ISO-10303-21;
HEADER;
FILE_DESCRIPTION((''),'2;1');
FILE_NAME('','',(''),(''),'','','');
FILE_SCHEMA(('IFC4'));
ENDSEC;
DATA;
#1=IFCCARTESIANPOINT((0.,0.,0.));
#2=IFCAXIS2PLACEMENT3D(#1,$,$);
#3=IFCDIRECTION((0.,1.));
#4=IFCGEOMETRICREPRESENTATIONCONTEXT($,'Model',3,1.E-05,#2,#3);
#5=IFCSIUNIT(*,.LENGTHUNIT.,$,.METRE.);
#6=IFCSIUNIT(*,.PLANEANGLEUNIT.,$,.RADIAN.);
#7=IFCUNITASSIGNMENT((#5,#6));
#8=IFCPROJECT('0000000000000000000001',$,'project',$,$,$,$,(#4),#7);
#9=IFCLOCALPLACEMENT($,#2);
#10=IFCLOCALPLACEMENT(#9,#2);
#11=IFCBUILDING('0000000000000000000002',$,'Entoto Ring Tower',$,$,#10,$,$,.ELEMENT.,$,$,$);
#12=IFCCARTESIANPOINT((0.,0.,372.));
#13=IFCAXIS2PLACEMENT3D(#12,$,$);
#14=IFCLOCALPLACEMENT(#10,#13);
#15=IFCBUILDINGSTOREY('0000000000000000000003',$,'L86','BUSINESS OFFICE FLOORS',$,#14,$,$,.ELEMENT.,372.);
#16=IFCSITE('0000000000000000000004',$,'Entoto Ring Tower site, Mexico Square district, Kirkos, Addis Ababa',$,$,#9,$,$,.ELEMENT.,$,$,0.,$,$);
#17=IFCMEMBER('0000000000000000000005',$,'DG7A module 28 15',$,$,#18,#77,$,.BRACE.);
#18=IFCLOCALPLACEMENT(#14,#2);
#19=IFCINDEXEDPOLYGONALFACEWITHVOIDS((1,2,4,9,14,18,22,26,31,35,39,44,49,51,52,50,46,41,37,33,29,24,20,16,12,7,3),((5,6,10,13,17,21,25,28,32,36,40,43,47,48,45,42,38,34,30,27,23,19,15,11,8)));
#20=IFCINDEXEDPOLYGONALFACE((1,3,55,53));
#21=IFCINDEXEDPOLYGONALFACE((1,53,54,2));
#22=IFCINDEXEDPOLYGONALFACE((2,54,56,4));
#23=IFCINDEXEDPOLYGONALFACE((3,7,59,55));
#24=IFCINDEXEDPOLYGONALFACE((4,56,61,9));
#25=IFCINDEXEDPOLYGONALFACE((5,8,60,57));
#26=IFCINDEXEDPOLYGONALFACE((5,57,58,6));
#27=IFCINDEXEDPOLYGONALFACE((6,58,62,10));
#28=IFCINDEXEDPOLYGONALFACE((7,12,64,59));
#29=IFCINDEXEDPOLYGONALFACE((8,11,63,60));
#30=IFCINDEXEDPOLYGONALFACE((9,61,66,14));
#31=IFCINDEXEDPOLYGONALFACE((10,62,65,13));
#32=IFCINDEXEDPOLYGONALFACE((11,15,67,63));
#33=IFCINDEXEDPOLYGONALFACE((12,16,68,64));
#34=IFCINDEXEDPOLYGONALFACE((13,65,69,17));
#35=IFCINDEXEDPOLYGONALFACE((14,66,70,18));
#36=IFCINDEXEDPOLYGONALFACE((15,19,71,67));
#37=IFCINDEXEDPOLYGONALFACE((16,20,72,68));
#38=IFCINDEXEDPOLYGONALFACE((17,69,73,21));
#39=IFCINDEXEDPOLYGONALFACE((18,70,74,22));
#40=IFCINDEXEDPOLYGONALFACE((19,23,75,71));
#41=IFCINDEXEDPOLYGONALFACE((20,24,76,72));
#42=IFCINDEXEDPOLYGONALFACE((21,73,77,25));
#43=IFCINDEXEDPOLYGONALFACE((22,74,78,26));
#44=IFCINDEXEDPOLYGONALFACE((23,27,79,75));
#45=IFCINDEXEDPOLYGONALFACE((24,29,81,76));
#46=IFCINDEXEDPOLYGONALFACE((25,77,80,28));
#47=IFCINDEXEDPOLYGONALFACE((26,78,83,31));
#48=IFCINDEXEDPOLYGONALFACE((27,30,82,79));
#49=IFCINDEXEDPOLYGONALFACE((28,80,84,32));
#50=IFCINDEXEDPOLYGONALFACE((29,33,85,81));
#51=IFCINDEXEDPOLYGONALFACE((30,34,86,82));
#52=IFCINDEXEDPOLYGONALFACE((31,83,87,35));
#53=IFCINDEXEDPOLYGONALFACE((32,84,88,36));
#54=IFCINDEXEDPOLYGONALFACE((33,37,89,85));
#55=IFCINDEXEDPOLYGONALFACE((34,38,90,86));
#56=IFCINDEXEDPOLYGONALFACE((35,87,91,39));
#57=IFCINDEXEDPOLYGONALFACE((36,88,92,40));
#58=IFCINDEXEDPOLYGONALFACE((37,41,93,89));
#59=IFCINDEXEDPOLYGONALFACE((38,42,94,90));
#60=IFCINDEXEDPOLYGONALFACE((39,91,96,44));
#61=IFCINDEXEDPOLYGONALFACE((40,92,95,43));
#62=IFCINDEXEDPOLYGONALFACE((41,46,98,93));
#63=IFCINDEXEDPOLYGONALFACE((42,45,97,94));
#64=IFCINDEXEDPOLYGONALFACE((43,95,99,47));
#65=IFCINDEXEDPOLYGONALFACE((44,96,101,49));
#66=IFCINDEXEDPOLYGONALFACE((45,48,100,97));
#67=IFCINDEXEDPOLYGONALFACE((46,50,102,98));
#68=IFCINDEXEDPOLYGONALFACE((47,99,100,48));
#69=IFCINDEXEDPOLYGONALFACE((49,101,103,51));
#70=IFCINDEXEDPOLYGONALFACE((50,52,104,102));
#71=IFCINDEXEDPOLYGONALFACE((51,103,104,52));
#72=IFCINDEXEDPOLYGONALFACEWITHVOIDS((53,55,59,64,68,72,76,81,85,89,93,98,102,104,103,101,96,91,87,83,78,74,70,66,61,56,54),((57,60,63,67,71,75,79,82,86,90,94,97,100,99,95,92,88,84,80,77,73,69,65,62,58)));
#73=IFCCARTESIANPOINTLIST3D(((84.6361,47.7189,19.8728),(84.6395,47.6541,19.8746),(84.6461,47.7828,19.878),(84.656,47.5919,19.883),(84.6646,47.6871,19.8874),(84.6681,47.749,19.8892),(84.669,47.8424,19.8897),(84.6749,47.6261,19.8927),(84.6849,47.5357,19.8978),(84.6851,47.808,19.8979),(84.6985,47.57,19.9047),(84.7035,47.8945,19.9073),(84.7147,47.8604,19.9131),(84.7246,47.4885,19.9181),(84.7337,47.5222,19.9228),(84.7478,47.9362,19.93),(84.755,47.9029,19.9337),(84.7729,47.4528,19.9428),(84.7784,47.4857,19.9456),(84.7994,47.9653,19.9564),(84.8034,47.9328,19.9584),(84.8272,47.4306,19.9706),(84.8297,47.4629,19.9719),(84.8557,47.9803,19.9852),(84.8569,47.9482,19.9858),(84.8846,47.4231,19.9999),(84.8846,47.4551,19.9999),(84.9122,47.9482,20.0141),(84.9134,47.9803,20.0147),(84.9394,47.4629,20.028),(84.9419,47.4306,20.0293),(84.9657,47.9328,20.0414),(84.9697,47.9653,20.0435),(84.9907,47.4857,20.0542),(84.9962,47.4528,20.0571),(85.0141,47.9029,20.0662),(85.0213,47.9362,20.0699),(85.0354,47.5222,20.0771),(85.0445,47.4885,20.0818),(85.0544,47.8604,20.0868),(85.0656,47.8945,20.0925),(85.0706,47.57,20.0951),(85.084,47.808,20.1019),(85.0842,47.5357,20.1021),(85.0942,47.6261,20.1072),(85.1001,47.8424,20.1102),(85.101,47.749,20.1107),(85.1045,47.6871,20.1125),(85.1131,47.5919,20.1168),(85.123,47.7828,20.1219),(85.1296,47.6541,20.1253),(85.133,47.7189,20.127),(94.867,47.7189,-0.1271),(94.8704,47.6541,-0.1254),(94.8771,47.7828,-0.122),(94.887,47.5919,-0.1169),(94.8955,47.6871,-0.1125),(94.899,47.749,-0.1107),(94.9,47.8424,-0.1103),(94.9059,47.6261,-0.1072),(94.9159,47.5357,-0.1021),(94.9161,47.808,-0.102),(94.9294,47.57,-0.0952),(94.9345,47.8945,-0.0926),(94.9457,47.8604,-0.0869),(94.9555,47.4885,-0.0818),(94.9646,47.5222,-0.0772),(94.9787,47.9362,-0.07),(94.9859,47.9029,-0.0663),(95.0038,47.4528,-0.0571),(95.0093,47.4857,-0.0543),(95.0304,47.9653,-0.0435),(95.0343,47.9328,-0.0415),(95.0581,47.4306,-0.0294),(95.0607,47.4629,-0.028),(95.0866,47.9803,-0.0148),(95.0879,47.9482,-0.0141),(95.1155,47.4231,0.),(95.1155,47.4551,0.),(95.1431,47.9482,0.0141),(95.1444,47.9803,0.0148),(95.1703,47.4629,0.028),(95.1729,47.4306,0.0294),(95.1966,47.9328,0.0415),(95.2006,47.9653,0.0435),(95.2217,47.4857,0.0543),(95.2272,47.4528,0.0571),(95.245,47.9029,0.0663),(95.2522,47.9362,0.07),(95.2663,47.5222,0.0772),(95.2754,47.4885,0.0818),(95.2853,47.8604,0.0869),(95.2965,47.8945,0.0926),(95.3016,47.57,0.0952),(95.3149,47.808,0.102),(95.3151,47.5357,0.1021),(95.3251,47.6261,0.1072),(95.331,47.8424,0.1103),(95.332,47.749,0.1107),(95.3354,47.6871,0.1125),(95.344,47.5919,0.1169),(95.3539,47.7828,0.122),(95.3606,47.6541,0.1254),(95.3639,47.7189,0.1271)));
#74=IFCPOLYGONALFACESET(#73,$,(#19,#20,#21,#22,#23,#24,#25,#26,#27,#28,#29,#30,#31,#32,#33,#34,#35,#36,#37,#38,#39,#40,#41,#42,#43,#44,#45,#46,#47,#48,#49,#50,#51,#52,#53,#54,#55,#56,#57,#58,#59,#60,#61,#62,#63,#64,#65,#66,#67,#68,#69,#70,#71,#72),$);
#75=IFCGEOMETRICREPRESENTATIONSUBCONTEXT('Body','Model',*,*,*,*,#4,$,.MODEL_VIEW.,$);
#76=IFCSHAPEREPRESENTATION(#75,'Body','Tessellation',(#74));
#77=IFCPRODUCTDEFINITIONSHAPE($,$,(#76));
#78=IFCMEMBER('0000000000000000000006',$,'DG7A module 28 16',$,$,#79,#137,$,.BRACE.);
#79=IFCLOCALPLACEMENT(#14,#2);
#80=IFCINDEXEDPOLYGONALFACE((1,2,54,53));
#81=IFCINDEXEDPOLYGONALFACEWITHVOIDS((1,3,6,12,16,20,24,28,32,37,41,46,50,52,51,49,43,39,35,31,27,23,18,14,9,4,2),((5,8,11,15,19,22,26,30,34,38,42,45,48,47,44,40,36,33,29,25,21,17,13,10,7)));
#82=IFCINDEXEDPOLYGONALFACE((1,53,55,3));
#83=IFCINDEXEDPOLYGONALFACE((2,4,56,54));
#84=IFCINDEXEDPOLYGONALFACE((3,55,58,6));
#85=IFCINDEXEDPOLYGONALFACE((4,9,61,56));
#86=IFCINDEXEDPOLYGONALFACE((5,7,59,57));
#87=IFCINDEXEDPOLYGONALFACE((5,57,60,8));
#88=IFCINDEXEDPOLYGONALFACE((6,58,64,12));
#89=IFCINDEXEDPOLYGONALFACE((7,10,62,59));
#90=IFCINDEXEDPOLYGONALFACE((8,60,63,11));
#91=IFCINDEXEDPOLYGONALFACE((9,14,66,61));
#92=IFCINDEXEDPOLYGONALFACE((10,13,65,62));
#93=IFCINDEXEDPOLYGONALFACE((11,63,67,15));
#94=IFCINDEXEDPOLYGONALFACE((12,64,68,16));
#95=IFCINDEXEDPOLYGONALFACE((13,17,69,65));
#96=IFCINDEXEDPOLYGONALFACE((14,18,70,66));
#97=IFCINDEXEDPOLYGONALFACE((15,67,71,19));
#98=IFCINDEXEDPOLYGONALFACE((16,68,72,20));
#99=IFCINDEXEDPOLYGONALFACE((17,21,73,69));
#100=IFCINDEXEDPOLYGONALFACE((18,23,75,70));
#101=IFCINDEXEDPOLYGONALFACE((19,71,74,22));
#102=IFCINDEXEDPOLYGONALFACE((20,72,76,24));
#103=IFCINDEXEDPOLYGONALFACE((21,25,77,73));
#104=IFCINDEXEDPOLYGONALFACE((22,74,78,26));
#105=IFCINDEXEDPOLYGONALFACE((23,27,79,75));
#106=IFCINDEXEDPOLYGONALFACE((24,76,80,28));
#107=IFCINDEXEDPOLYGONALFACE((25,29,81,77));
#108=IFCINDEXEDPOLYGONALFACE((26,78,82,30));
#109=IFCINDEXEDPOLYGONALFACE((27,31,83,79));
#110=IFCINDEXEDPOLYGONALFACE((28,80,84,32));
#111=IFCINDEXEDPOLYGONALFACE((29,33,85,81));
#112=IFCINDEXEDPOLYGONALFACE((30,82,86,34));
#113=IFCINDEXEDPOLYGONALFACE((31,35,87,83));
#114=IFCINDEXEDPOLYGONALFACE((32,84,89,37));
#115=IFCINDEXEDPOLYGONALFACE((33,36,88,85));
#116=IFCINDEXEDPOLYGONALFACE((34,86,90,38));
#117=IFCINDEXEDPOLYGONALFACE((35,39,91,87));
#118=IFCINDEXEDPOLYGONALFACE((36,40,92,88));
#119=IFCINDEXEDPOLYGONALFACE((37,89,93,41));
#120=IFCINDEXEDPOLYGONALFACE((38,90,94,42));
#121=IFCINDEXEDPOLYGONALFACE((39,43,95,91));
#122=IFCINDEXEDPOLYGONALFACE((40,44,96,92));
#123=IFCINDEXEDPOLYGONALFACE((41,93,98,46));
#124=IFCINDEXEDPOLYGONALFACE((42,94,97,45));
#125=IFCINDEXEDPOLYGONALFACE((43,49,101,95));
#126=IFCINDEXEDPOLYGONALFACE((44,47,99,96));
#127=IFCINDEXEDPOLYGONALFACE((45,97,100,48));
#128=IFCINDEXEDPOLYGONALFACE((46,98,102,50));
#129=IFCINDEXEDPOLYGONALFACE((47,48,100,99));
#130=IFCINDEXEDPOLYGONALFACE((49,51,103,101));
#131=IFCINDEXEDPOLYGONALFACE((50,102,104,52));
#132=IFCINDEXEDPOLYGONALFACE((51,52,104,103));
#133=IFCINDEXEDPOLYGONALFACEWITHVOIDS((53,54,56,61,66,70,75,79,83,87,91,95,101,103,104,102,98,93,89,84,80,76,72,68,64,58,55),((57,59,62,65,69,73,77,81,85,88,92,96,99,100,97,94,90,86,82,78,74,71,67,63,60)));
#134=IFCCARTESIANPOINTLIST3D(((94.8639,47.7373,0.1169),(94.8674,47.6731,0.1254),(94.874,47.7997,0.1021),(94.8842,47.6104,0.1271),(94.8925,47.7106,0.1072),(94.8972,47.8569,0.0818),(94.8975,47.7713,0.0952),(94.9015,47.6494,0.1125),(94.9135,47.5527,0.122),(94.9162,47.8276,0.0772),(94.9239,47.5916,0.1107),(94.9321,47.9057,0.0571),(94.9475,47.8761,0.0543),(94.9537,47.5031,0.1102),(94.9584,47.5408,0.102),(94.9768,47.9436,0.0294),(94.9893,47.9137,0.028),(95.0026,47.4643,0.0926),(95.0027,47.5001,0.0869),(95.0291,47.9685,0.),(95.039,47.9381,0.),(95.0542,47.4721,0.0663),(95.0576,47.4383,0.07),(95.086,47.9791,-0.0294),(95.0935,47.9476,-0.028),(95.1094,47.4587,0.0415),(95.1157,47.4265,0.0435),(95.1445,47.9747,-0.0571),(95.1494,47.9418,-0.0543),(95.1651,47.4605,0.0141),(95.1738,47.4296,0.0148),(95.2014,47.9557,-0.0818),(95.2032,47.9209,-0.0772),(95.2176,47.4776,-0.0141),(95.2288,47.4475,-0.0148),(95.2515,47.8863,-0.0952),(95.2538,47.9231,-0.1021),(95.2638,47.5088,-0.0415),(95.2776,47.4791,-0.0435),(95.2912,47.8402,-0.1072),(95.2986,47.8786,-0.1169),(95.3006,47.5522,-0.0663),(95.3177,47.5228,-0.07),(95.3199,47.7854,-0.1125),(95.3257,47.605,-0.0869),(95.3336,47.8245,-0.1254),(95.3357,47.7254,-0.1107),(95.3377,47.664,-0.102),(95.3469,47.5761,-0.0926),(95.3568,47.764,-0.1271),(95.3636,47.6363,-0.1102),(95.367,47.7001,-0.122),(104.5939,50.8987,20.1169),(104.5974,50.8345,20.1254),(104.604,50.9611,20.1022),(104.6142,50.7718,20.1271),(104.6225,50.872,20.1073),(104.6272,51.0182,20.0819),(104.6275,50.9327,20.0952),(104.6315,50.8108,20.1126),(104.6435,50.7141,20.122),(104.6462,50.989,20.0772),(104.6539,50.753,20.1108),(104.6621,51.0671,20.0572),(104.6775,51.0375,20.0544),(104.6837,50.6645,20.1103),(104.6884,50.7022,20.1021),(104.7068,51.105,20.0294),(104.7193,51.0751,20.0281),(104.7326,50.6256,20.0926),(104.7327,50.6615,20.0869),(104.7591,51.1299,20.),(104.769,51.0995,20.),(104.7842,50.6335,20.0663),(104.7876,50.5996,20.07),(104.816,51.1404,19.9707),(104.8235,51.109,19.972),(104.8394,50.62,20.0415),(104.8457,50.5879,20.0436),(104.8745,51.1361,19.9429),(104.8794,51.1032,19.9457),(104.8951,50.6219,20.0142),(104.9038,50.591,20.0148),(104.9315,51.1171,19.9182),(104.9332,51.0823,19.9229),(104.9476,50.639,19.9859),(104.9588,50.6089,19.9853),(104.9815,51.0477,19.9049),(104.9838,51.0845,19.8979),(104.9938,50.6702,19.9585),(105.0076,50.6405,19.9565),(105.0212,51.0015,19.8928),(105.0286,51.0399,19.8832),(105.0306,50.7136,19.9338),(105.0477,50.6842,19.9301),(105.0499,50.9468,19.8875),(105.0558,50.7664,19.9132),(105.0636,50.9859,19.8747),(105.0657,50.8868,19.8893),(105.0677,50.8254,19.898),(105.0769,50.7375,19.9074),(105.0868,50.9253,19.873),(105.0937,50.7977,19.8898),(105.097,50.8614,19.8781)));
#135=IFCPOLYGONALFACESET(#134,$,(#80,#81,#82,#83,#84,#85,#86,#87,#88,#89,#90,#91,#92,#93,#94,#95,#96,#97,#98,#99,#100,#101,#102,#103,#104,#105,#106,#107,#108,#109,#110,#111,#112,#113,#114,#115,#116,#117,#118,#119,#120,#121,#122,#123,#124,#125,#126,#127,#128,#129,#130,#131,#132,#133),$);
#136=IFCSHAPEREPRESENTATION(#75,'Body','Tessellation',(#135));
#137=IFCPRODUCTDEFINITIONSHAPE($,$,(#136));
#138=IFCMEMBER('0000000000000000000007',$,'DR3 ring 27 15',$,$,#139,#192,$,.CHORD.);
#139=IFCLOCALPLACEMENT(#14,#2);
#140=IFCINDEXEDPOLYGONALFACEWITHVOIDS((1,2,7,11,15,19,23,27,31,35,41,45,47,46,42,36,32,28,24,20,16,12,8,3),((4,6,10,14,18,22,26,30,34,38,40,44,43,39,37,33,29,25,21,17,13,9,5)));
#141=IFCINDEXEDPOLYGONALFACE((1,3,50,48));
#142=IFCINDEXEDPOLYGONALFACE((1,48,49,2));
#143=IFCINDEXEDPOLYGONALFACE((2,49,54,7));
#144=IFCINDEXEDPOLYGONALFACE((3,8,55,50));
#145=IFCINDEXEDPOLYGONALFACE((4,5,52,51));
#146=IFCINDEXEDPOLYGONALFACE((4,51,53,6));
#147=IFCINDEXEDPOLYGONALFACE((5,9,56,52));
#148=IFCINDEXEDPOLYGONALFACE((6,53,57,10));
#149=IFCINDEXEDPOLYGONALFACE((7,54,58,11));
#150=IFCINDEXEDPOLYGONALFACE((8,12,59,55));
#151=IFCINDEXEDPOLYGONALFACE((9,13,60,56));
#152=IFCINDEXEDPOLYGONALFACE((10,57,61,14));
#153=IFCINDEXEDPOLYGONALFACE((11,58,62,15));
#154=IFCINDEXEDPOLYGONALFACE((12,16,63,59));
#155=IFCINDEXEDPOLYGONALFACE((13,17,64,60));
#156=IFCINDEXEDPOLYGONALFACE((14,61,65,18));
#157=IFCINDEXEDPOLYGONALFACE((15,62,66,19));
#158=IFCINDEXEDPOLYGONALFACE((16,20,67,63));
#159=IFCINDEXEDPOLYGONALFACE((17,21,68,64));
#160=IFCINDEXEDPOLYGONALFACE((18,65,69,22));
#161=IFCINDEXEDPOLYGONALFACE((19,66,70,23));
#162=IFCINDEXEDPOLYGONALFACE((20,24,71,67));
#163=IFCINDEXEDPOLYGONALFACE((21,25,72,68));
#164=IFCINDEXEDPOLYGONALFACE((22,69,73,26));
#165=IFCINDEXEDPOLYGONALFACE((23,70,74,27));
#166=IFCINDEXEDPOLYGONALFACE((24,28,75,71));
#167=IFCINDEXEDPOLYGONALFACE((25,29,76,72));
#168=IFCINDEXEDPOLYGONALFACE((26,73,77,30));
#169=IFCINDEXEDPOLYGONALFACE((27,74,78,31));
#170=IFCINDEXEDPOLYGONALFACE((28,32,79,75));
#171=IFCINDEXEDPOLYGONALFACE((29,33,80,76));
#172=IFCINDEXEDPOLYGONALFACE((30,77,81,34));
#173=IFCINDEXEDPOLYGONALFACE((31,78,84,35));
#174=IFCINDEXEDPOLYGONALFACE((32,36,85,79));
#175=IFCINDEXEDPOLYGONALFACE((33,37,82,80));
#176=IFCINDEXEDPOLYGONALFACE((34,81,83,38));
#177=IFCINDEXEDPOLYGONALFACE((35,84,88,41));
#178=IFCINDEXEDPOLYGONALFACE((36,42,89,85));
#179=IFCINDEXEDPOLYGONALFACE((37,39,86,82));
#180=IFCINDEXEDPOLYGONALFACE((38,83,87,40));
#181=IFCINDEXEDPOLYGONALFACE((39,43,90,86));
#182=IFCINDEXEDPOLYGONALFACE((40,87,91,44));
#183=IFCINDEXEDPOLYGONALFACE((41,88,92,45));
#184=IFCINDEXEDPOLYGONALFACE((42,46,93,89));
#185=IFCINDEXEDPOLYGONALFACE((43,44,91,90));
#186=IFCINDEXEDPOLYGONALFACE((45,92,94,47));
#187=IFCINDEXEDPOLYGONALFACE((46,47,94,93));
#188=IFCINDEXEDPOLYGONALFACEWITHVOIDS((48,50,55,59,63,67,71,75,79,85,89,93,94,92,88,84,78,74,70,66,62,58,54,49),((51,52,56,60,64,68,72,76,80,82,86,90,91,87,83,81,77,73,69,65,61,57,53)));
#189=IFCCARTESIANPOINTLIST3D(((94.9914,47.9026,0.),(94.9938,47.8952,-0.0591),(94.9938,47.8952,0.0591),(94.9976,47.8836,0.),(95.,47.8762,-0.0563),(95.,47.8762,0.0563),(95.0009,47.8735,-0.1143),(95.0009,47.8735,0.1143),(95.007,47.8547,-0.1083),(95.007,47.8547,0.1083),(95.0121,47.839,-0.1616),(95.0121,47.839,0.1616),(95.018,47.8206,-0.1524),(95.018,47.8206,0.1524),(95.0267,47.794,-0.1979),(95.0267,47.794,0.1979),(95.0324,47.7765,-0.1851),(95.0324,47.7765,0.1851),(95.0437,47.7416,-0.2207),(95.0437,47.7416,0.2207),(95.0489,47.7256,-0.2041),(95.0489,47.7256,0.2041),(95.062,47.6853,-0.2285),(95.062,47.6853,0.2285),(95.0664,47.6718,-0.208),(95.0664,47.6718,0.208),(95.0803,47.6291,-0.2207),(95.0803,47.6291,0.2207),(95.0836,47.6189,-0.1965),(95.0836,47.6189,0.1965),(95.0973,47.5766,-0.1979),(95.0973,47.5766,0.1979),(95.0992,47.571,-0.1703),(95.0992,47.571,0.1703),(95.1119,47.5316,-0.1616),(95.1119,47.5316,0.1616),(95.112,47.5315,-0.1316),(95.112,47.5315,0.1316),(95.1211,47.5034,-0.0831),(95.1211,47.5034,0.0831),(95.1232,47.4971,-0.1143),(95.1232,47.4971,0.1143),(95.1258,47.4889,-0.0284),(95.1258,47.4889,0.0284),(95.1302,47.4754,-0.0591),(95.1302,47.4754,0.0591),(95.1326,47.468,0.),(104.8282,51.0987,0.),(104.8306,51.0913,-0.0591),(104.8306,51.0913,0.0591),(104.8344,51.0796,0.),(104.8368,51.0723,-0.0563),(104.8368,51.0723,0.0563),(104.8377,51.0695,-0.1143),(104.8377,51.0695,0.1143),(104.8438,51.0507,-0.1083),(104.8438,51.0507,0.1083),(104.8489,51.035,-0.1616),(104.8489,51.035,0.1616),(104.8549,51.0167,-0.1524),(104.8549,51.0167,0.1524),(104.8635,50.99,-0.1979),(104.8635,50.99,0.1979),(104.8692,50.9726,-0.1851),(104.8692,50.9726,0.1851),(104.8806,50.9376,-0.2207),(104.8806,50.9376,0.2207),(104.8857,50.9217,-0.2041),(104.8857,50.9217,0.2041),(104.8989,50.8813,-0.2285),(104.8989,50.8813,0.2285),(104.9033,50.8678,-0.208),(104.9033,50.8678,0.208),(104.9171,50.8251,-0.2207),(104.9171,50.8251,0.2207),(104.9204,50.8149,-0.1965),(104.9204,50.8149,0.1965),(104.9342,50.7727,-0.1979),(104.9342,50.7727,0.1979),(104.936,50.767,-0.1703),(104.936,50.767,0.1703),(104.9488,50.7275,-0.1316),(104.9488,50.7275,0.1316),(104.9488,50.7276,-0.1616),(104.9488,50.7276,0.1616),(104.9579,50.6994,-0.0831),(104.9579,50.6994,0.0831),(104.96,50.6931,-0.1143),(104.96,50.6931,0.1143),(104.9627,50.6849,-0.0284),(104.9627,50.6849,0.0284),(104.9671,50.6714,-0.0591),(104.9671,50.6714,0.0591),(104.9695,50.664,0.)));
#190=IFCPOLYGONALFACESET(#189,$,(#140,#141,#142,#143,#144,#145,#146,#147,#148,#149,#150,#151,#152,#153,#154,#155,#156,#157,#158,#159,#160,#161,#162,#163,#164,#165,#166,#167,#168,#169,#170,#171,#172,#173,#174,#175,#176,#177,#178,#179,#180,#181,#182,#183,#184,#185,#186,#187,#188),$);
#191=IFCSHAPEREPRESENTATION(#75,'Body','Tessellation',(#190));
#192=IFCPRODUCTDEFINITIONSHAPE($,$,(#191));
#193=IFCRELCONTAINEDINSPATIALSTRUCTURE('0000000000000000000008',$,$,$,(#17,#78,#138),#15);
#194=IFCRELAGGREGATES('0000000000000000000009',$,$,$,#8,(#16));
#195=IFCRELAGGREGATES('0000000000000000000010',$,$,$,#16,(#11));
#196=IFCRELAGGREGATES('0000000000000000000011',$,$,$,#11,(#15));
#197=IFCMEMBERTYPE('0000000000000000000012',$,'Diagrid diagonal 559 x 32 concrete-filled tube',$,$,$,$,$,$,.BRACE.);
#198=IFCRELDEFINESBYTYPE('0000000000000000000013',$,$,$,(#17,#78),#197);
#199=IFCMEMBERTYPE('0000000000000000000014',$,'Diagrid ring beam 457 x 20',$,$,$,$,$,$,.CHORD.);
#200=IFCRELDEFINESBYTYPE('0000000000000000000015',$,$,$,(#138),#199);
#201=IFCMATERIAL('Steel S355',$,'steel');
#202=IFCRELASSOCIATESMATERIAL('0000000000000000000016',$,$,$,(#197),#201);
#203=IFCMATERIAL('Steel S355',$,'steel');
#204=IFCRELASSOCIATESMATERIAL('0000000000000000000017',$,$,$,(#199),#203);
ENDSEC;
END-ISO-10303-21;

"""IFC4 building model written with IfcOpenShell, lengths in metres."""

from ifc_helpers import new_model, si_unit, direction, frame, origin, origin_2d, place, context, subcontext, project, spatial, circle, hollow_circle, extrude, material, material_profile, profile_set, type_object, element, save


model = new_model("IFC4")

# Units and contexts
model_context = context("Model", 3, precision=1e-05, world=origin(), true_north=direction((0.0, 1.0)))
body_context = subcontext(model_context, "Body", "Model", "MODEL_VIEW")
ifc_project = project(units=[si_unit("LENGTHUNIT", "METRE"), si_unit("PLANEANGLEUNIT", "RADIAN")], contexts=[model_context])

# Site, building, storey
site_placement = place(None, origin())
site = spatial("IfcSite", under=ifc_project, at=site_placement, Name="Entoto Ring Tower site, Mexico Square district, Kirkos, Addis Ababa", CompositionType="ELEMENT", RefElevation=0.0)
building_placement = place(site_placement, origin())
building = spatial("IfcBuilding", under=site, at=building_placement, Name="Entoto Ring Tower", CompositionType="ELEMENT")
storey_placement = place(building_placement, frame((0.0, 0.0, 372.0)))
storey = spatial("IfcBuildingStorey", under=building, at=storey_placement, Name="L86", Description="BUSINESS OFFICE FLOORS", CompositionType="ELEMENT", Elevation=372.0)

# Members
ifc_material_1 = material(Name="Steel S355", Category="steel")
ifc_material_profile_1 = material_profile(ifc_material_1, hollow_circle(Radius=0.2795, WallThickness=0.032, at=origin_2d()), Name="CHS 559 x 32")
ifc_material_2 = material(Name="Concrete C60/75", Category="concrete")
ifc_material_profile_2 = material_profile(ifc_material_2, circle(Radius=0.2476, at=origin_2d()), Name="Concrete C60/75 infill")
ifc_profile_set_1 = profile_set([ifc_material_profile_1, ifc_material_profile_2], Name="Steel S355")
member_type_1 = type_object("IfcMemberType", Name="Diagrid diagonal 559 x 32 concrete-filled tube", PredefinedType="BRACE", material=ifc_profile_set_1)
for number, where, z_axis, x_axis, name in (
    (1, (95.1155, 47.7026, 0.0), (-0.455419, 0.0, 0.890277), (0.0, -1.0, 0.0), "DG7A module 28 15"),
    (2, (95.1155, 47.7026, 0.0), (0.433121, 0.140726, 0.890282), (-0.309009, 0.951059, 0.0), "DG7A module 28 16"),
):
    element("IfcMember", number, at=place(storey_placement, frame(where, z_axis=z_axis, x_axis=x_axis)), inside=storey, type_object=member_type_1, Name=name, PredefinedType="BRACE", context=body_context, shape_type="SweptSolid", body=[
        extrude(hollow_circle(Radius=0.2795, WallThickness=0.032, at=origin_2d()), origin(), (0.0, 0.0, 1.0), 22.4648),
    ])
ifc_material_3 = material(Name="Steel S355", Category="steel")
ifc_material_profile_3 = material_profile(ifc_material_3, hollow_circle(Radius=0.2285, WallThickness=0.02, at=origin_2d()), Name="CHS 457 x 20")
ifc_material_4 = material(Name="Concrete C60/75", Category="concrete")
ifc_material_profile_4 = material_profile(ifc_material_4, circle(Radius=0.2085, at=origin_2d()), Name="Concrete C60/75 infill")
ifc_profile_set_2 = profile_set([ifc_material_profile_3, ifc_material_profile_4], Name="Steel S355")
member_type_2 = type_object("IfcMemberType", Name="Diagrid ring beam 457 x 20", PredefinedType="CHORD", material=ifc_profile_set_2)
member_placement = place(storey_placement, frame((95.062, 47.6853, 0.0), z_axis=(0.951061, 0.309003, 0.0), x_axis=(-0.309003, 0.951061, 0.0)))
element("IfcMember", 3, at=member_placement, inside=storey, type_object=member_type_2, Name="DR3 ring 27 15", PredefinedType="CHORD", context=body_context, shape_type="SweptSolid", body=[
    extrude(hollow_circle(Radius=0.2285, WallThickness=0.02, at=origin_2d()), origin(), (0.0, 0.0, 1.0), 10.343),
])

save(model, "model.ifc")
